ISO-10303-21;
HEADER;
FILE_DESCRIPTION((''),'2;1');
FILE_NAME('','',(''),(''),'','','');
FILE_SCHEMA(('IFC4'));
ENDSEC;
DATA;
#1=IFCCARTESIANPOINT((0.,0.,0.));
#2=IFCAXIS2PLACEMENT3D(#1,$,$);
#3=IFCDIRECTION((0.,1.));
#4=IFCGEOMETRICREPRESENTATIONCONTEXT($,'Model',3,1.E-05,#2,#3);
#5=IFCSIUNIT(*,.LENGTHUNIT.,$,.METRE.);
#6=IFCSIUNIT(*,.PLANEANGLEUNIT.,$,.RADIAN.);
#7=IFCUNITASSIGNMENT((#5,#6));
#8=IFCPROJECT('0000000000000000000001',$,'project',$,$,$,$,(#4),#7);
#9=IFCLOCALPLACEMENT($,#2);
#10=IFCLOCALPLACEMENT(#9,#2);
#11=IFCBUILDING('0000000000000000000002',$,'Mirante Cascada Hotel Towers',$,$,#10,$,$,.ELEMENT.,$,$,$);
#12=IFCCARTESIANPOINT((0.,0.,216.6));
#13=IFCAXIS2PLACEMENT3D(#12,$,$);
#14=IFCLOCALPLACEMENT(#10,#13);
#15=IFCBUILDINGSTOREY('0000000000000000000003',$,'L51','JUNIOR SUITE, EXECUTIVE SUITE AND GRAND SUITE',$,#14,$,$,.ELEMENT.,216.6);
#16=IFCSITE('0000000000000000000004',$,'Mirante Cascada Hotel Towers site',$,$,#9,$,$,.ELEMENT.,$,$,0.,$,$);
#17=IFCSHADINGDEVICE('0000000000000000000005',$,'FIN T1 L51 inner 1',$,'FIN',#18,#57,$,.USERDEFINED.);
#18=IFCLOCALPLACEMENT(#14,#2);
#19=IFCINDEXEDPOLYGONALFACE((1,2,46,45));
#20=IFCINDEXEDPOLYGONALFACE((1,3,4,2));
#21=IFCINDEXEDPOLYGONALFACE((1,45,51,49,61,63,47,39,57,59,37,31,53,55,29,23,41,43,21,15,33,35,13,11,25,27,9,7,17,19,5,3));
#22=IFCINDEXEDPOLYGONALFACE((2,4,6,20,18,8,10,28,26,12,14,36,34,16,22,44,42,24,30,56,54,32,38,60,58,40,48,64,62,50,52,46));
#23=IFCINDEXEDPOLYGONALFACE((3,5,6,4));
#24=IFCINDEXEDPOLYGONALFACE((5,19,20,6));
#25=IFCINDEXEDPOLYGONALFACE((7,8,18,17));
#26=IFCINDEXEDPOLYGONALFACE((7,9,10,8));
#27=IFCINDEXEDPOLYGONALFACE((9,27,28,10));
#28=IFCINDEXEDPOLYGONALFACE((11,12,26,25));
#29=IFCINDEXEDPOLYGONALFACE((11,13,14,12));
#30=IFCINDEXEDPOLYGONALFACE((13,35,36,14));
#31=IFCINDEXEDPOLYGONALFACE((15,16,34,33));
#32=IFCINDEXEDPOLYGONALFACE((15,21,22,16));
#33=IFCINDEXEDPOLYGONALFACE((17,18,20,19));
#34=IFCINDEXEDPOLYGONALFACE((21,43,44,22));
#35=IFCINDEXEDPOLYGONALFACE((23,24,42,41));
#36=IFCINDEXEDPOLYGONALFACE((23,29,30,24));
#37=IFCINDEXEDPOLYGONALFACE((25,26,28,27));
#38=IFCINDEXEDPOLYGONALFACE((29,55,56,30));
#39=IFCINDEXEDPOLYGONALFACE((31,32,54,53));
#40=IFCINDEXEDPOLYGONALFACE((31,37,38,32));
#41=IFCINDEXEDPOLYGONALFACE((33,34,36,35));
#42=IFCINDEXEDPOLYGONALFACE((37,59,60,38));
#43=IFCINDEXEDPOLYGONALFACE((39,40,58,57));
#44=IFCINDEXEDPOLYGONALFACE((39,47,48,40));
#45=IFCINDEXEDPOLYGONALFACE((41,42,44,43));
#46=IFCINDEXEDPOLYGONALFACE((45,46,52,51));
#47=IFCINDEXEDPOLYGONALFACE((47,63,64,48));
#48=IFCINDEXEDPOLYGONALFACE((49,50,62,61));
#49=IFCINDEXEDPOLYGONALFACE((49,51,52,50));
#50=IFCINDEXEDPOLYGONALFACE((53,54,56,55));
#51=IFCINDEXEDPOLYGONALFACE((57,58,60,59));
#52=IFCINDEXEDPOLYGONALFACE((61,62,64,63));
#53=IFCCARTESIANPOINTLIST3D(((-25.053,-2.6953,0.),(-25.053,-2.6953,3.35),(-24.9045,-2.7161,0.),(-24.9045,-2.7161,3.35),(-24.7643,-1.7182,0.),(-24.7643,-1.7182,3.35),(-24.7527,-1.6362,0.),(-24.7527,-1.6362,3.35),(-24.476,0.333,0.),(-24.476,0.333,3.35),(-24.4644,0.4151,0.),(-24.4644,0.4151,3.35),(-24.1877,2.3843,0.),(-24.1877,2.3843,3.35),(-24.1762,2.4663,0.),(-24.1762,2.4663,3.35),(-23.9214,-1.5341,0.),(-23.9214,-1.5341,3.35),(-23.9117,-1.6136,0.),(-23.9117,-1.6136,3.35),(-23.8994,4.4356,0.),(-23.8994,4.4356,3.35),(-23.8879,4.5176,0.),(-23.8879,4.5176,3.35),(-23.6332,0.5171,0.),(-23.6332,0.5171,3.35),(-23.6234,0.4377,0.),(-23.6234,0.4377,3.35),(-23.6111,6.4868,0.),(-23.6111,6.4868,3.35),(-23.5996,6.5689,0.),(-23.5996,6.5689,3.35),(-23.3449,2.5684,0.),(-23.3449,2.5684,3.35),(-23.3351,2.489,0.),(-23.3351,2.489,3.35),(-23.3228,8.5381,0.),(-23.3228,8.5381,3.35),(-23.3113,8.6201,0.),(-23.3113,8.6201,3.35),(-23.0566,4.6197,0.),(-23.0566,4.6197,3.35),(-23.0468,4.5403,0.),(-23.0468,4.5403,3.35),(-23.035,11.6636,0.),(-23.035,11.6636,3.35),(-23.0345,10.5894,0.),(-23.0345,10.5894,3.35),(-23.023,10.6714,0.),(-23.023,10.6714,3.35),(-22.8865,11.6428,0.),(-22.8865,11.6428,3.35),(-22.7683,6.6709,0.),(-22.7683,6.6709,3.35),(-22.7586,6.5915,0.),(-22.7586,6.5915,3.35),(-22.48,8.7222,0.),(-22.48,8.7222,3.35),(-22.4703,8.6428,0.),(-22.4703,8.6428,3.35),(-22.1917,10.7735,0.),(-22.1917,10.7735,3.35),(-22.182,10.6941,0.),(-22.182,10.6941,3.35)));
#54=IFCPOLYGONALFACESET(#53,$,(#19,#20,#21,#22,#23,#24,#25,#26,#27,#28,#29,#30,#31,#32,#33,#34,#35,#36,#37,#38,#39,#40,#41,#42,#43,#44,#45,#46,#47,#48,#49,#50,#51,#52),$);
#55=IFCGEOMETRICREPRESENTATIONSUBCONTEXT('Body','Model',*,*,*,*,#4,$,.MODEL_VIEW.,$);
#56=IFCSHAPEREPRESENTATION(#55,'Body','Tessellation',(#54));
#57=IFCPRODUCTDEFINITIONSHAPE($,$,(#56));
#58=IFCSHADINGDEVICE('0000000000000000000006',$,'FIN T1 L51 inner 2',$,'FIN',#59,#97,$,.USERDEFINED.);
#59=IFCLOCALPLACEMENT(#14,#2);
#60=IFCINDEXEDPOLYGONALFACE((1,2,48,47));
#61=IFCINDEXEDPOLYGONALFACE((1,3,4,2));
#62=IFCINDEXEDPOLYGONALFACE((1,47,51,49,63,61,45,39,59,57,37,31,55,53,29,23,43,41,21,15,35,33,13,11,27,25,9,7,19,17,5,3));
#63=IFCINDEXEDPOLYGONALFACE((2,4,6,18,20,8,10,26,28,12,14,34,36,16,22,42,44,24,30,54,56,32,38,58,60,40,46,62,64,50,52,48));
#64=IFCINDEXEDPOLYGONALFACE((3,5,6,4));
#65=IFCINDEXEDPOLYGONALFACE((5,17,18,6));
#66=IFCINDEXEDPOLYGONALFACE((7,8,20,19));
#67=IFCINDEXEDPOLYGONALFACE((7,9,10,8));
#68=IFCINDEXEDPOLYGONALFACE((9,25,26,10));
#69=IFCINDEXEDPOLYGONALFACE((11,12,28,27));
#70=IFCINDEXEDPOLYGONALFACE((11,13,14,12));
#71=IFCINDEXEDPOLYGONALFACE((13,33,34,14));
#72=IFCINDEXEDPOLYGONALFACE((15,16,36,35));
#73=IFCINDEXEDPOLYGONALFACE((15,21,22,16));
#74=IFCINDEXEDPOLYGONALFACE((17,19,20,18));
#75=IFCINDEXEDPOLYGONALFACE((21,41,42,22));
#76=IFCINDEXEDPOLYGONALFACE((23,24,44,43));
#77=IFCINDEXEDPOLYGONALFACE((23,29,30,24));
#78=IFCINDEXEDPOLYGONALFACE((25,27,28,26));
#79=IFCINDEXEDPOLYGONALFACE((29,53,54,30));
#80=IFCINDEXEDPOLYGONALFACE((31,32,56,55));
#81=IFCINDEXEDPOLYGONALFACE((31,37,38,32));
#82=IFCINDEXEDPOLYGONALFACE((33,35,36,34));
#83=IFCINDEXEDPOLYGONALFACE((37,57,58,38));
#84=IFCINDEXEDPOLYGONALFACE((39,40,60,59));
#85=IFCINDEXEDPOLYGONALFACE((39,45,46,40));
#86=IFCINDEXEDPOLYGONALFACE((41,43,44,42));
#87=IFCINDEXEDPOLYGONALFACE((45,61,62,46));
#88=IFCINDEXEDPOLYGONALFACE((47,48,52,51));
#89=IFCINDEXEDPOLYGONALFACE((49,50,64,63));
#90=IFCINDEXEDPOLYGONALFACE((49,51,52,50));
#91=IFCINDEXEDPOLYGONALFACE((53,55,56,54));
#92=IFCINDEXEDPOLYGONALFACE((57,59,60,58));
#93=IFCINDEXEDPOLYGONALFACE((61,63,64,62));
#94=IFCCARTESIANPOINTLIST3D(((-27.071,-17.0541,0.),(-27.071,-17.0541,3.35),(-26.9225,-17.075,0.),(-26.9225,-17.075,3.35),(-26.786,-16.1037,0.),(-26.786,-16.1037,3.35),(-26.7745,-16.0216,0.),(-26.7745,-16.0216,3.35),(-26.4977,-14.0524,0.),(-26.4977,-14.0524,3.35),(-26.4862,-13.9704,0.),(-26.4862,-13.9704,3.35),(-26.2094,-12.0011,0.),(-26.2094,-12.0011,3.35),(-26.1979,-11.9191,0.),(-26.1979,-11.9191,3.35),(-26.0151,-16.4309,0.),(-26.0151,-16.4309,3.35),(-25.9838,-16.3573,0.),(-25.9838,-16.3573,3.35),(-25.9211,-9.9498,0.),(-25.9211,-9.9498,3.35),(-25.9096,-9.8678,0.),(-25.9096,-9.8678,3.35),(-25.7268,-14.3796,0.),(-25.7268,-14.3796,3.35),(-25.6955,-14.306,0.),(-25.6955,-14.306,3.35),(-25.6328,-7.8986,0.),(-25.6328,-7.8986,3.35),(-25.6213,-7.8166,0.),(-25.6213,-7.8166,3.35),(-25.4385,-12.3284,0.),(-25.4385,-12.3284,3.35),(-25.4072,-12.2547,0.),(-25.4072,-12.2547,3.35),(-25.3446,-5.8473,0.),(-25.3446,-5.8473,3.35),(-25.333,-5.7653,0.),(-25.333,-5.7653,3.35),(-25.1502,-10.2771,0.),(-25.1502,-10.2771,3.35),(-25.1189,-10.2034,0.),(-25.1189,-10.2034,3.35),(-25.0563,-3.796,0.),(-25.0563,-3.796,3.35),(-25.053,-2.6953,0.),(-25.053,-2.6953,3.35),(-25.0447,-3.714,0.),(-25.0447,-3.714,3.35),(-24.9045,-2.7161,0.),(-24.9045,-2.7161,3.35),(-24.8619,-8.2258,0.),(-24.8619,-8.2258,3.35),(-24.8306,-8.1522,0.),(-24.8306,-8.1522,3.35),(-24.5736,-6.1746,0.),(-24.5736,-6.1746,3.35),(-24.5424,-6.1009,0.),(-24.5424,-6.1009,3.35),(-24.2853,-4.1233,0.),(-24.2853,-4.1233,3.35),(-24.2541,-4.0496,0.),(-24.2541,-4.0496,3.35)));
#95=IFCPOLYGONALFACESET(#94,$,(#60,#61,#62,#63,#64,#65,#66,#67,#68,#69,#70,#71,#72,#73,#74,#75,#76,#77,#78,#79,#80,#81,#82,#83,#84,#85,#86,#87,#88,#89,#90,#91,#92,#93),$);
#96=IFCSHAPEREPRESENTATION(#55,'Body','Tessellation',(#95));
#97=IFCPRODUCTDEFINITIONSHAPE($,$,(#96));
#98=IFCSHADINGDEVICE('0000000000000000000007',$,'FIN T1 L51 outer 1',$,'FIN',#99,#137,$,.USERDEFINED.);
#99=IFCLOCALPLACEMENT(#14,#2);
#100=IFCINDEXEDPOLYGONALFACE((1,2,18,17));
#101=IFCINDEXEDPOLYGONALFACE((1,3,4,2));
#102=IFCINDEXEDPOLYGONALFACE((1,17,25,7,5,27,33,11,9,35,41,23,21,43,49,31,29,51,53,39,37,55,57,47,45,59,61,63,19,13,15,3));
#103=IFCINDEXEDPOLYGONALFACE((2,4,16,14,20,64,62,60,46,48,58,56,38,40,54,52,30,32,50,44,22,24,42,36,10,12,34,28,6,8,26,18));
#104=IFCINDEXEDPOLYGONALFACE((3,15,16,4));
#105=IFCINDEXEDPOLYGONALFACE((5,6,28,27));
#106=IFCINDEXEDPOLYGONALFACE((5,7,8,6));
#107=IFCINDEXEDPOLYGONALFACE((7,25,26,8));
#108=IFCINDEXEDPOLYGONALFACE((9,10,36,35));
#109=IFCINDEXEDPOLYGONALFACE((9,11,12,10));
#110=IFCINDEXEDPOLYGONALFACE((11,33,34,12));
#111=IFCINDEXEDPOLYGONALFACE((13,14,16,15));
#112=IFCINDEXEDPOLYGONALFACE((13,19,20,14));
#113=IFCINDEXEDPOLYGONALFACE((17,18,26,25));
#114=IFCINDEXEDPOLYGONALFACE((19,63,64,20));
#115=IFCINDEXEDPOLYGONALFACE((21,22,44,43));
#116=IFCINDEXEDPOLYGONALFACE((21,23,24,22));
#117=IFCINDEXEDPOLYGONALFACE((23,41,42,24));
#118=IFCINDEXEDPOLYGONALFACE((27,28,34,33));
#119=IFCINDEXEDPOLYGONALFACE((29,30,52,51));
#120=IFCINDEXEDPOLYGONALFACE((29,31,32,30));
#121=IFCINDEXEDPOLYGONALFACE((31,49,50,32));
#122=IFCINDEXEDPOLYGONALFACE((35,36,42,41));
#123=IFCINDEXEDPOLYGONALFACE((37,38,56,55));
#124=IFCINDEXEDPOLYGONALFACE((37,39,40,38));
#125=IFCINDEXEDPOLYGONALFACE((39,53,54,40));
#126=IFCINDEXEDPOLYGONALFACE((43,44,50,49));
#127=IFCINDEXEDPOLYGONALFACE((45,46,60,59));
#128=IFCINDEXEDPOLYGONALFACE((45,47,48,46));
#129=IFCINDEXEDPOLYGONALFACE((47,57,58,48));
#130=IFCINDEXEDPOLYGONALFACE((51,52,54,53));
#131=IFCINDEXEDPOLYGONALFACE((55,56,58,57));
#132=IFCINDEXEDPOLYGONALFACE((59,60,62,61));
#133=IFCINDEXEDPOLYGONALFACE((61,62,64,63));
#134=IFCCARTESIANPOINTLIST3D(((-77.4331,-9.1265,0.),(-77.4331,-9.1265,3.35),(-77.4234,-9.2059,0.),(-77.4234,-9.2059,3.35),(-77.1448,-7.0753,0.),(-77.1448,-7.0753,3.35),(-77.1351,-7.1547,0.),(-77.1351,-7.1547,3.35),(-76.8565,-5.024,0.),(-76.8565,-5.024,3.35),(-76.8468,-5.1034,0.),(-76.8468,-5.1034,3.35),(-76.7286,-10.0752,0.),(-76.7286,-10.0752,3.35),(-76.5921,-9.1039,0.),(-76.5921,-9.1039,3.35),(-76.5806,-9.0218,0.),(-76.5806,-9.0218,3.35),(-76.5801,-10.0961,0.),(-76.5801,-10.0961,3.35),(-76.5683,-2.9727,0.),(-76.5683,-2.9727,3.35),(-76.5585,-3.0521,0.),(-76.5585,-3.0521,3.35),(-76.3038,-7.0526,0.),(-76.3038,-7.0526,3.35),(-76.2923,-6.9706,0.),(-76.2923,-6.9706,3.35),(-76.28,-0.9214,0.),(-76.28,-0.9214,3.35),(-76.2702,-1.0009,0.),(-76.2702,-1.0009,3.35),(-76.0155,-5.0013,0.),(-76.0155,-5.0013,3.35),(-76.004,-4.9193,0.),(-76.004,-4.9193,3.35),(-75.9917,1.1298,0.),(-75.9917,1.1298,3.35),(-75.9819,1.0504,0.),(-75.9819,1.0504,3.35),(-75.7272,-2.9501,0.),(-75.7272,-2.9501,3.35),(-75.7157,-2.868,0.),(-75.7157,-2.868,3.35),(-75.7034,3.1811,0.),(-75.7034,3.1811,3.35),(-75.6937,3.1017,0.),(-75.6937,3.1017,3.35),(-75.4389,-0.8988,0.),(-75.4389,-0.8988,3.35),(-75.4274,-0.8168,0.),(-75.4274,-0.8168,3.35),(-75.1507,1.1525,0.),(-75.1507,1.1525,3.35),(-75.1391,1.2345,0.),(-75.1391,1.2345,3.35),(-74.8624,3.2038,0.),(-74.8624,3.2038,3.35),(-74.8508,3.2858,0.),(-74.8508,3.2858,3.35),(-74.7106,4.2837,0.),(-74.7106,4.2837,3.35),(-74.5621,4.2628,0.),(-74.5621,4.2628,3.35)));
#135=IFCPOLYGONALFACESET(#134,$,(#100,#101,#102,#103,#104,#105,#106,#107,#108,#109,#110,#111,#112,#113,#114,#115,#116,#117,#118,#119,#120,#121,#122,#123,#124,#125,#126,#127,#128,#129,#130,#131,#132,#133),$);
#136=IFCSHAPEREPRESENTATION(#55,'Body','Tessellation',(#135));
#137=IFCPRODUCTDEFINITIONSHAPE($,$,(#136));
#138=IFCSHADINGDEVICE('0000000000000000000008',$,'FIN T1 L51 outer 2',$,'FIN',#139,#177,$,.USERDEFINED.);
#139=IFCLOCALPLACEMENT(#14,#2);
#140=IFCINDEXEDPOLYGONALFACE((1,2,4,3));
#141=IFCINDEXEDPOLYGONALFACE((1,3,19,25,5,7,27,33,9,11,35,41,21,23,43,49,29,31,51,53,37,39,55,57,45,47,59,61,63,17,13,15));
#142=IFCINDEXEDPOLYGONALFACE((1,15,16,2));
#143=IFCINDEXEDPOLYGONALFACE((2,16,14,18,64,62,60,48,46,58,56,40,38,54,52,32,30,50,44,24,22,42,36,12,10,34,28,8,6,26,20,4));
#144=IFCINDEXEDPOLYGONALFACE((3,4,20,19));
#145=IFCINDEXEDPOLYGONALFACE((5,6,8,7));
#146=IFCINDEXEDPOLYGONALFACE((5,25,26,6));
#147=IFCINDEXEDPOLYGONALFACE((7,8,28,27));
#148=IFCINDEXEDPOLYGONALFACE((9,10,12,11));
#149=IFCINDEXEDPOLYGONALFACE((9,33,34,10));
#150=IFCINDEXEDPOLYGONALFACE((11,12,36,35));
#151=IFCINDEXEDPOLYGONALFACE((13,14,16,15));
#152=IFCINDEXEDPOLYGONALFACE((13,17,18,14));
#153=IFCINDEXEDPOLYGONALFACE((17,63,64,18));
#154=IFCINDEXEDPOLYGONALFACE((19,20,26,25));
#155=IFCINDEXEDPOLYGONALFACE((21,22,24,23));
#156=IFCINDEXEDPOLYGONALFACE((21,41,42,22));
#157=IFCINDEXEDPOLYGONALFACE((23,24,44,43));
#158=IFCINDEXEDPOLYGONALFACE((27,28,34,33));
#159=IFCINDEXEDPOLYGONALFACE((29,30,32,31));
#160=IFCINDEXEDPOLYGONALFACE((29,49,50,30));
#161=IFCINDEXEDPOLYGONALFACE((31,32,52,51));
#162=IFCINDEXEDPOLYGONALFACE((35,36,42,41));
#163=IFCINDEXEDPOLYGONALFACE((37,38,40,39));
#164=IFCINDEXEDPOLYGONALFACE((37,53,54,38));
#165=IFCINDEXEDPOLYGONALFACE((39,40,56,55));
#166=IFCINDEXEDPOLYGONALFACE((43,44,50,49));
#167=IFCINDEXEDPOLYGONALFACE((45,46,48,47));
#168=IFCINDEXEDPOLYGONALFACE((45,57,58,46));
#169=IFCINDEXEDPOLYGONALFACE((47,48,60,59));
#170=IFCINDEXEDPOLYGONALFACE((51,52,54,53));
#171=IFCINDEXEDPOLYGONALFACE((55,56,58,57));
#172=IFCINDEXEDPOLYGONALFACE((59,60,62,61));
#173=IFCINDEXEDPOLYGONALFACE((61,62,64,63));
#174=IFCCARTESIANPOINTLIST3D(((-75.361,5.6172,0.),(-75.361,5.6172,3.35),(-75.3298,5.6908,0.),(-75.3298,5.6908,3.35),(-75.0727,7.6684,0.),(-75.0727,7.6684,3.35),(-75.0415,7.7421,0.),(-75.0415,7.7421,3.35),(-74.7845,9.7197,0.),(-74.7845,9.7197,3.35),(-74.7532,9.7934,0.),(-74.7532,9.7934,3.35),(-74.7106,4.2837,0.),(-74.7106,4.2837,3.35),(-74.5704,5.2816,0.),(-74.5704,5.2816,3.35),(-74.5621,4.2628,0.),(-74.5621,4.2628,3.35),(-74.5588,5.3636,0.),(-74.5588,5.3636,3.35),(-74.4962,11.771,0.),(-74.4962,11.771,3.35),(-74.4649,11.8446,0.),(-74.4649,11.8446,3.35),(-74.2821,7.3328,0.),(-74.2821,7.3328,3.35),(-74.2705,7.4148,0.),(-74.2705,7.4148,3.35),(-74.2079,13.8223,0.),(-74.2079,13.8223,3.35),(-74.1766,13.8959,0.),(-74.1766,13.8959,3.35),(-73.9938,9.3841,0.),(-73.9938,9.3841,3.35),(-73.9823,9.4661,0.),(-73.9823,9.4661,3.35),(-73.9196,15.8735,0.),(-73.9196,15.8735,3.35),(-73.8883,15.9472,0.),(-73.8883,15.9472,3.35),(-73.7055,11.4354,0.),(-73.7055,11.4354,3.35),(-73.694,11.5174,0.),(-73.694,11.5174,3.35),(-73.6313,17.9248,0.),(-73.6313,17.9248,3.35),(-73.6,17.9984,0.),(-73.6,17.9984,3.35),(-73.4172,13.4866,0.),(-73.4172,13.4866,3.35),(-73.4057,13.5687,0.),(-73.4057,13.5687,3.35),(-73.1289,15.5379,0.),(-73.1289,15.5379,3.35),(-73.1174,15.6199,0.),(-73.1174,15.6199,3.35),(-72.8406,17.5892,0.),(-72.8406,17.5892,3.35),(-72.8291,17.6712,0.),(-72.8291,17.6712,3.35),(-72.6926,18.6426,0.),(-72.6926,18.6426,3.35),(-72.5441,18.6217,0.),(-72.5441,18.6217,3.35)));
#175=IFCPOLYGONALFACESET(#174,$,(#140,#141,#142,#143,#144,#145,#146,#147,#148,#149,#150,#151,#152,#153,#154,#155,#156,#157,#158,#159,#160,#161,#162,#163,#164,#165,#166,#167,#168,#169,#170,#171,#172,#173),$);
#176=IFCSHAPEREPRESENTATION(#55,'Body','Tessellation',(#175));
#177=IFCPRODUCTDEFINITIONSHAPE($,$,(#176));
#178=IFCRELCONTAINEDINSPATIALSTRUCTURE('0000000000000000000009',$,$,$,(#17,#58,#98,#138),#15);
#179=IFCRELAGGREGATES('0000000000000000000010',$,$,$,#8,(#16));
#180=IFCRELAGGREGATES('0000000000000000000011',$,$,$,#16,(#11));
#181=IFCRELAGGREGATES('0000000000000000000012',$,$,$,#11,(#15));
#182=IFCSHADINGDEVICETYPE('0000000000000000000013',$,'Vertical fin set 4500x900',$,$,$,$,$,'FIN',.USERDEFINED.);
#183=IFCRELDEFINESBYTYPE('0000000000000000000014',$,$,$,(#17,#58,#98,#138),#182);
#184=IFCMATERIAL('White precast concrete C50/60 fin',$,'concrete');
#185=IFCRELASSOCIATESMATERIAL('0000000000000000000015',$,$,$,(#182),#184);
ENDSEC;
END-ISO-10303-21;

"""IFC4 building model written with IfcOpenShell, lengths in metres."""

from ifc_helpers import new_model, si_unit, direction, frame, origin, place, context, subcontext, project, spatial, polyline, outline, extrude, material, type_object, element, save


model = new_model("IFC4")

# Units and contexts
model_context = context("Model", 3, precision=1e-05, world=origin(), true_north=direction((0.0, 1.0)))
body_context = subcontext(model_context, "Body", "Model", "MODEL_VIEW")
ifc_project = project(units=[si_unit("LENGTHUNIT", "METRE"), si_unit("PLANEANGLEUNIT", "RADIAN")], contexts=[model_context])

# Site, building, storey
site_placement = place(None, origin())
site = spatial("IfcSite", under=ifc_project, at=site_placement, Name="Mirante Cascada Hotel Towers site", CompositionType="ELEMENT", RefElevation=0.0)
building_placement = place(site_placement, origin())
building = spatial("IfcBuilding", under=site, at=building_placement, Name="Mirante Cascada Hotel Towers", CompositionType="ELEMENT")
storey_placement = place(building_placement, frame((0.0, 0.0, 216.6)))
storey = spatial("IfcBuildingStorey", under=building, at=storey_placement, Name="L51", Description="JUNIOR SUITE, EXECUTIVE SUITE AND GRAND SUITE", CompositionType="ELEMENT", Elevation=216.6)

# Shading devices
ifc_material_1 = material(Name="White precast concrete C50/60 fin", Category="concrete")
shading_device_type = type_object("IfcShadingDeviceType", Name="Vertical fin set 4500x900", ElementType="FIN", PredefinedType="USERDEFINED", material=ifc_material_1)
shading_device_1_placement = place(storey_placement, origin())
element("IfcShadingDevice", 1, at=shading_device_1_placement, inside=storey, type_object=shading_device_type, Name="FIN T1 L51 inner 1", ObjectType="FIN", PredefinedType="USERDEFINED", context=body_context, shape_type="SweptSolid", body=[
    extrude(outline(polyline([(-24.7643, -1.7182), (-24.9045, -2.7161), (-25.053, -2.6953), (-23.035, 11.6636), (-22.8865, 11.6428), (-23.023, 10.6714), (-22.1917, 10.7735), (-22.182, 10.6941), (-23.0345, 10.5894), (-23.3113, 8.6201), (-22.48, 8.7222), (-22.4703, 8.6428), (-23.3228, 8.5381), (-23.5996, 6.5689), (-22.7683, 6.6709), (-22.7586, 6.5915), (-23.6111, 6.4868), (-23.8879, 4.5176), (-23.0566, 4.6197), (-23.0468, 4.5403), (-23.8994, 4.4356), (-24.1762, 2.4663), (-23.3449, 2.5684), (-23.3351, 2.489), (-24.1877, 2.3843), (-24.4644, 0.4151), (-23.6332, 0.5171), (-23.6234, 0.4377), (-24.476, 0.333), (-24.7527, -1.6362), (-23.9214, -1.5341), (-23.9117, -1.6136), (-24.7643, -1.7182)])), origin(), (0.0, 0.0, 1.0), 3.35),
])
shading_device_2_placement = place(storey_placement, origin())
element("IfcShadingDevice", 2, at=shading_device_2_placement, inside=storey, type_object=shading_device_type, Name="FIN T1 L51 inner 2", ObjectType="FIN", PredefinedType="USERDEFINED", context=body_context, shape_type="SweptSolid", body=[
    extrude(outline(polyline([(-26.786, -16.1037), (-26.9225, -17.075), (-27.071, -17.0541), (-25.053, -2.6953), (-24.9045, -2.7161), (-25.0447, -3.714), (-24.2541, -4.0496), (-24.2853, -4.1233), (-25.0563, -3.796), (-25.333, -5.7653), (-24.5424, -6.1009), (-24.5736, -6.1746), (-25.3446, -5.8473), (-25.6213, -7.8166), (-24.8306, -8.1522), (-24.8619, -8.2258), (-25.6328, -7.8986), (-25.9096, -9.8678), (-25.1189, -10.2034), (-25.1502, -10.2771), (-25.9211, -9.9498), (-26.1979, -11.9191), (-25.4072, -12.2547), (-25.4385, -12.3284), (-26.2094, -12.0011), (-26.4862, -13.9704), (-25.6955, -14.306), (-25.7268, -14.3796), (-26.4977, -14.0524), (-26.7745, -16.0216), (-25.9838, -16.3573), (-26.0151, -16.4309), (-26.786, -16.1037)])), origin(), (0.0, 0.0, 1.0), 3.35),
])
shading_device_3_placement = place(storey_placement, origin())
element("IfcShadingDevice", 3, at=shading_device_3_placement, inside=storey, type_object=shading_device_type, Name="FIN T1 L51 outer 1", ObjectType="FIN", PredefinedType="USERDEFINED", context=body_context, shape_type="SweptSolid", body=[
    extrude(outline(polyline([(-76.5806, -9.0218), (-76.3038, -7.0526), (-77.1351, -7.1547), (-77.1448, -7.0753), (-76.2923, -6.9706), (-76.0155, -5.0013), (-76.8468, -5.1034), (-76.8565, -5.024), (-76.004, -4.9193), (-75.7272, -2.9501), (-76.5585, -3.0521), (-76.5683, -2.9727), (-75.7157, -2.868), (-75.4389, -0.8988), (-76.2702, -1.0009), (-76.28, -0.9214), (-75.4274, -0.8168), (-75.1507, 1.1525), (-75.9819, 1.0504), (-75.9917, 1.1298), (-75.1391, 1.2345), (-74.8624, 3.2038), (-75.6937, 3.1017), (-75.7034, 3.1811), (-74.8508, 3.2858), (-74.7106, 4.2837), (-74.5621, 4.2628), (-76.5801, -10.0961), (-76.7286, -10.0752), (-76.5921, -9.1039), (-77.4234, -9.2059), (-77.4331, -9.1265), (-76.5806, -9.0218)])), origin(), (0.0, 0.0, 1.0), 3.35),
])
shading_device_4_placement = place(storey_placement, origin())
element("IfcShadingDevice", 4, at=shading_device_4_placement, inside=storey, type_object=shading_device_type, Name="FIN T1 L51 outer 2", ObjectType="FIN", PredefinedType="USERDEFINED", context=body_context, shape_type="SweptSolid", body=[
    extrude(outline(polyline([(-74.5588, 5.3636), (-74.2821, 7.3328), (-75.0727, 7.6684), (-75.0415, 7.7421), (-74.2705, 7.4148), (-73.9938, 9.3841), (-74.7845, 9.7197), (-74.7532, 9.7934), (-73.9823, 9.4661), (-73.7055, 11.4354), (-74.4962, 11.771), (-74.4649, 11.8446), (-73.694, 11.5174), (-73.4172, 13.4866), (-74.2079, 13.8223), (-74.1766, 13.8959), (-73.4057, 13.5687), (-73.1289, 15.5379), (-73.9196, 15.8735), (-73.8883, 15.9472), (-73.1174, 15.6199), (-72.8406, 17.5892), (-73.6313, 17.9248), (-73.6, 17.9984), (-72.8291, 17.6712), (-72.6926, 18.6426), (-72.5441, 18.6217), (-74.5621, 4.2628), (-74.7106, 4.2837), (-74.5704, 5.2816), (-75.361, 5.6172), (-75.3298, 5.6908), (-74.5588, 5.3636)])), origin(), (0.0, 0.0, 1.0), 3.35),
])

save(model, "model.ifc")
